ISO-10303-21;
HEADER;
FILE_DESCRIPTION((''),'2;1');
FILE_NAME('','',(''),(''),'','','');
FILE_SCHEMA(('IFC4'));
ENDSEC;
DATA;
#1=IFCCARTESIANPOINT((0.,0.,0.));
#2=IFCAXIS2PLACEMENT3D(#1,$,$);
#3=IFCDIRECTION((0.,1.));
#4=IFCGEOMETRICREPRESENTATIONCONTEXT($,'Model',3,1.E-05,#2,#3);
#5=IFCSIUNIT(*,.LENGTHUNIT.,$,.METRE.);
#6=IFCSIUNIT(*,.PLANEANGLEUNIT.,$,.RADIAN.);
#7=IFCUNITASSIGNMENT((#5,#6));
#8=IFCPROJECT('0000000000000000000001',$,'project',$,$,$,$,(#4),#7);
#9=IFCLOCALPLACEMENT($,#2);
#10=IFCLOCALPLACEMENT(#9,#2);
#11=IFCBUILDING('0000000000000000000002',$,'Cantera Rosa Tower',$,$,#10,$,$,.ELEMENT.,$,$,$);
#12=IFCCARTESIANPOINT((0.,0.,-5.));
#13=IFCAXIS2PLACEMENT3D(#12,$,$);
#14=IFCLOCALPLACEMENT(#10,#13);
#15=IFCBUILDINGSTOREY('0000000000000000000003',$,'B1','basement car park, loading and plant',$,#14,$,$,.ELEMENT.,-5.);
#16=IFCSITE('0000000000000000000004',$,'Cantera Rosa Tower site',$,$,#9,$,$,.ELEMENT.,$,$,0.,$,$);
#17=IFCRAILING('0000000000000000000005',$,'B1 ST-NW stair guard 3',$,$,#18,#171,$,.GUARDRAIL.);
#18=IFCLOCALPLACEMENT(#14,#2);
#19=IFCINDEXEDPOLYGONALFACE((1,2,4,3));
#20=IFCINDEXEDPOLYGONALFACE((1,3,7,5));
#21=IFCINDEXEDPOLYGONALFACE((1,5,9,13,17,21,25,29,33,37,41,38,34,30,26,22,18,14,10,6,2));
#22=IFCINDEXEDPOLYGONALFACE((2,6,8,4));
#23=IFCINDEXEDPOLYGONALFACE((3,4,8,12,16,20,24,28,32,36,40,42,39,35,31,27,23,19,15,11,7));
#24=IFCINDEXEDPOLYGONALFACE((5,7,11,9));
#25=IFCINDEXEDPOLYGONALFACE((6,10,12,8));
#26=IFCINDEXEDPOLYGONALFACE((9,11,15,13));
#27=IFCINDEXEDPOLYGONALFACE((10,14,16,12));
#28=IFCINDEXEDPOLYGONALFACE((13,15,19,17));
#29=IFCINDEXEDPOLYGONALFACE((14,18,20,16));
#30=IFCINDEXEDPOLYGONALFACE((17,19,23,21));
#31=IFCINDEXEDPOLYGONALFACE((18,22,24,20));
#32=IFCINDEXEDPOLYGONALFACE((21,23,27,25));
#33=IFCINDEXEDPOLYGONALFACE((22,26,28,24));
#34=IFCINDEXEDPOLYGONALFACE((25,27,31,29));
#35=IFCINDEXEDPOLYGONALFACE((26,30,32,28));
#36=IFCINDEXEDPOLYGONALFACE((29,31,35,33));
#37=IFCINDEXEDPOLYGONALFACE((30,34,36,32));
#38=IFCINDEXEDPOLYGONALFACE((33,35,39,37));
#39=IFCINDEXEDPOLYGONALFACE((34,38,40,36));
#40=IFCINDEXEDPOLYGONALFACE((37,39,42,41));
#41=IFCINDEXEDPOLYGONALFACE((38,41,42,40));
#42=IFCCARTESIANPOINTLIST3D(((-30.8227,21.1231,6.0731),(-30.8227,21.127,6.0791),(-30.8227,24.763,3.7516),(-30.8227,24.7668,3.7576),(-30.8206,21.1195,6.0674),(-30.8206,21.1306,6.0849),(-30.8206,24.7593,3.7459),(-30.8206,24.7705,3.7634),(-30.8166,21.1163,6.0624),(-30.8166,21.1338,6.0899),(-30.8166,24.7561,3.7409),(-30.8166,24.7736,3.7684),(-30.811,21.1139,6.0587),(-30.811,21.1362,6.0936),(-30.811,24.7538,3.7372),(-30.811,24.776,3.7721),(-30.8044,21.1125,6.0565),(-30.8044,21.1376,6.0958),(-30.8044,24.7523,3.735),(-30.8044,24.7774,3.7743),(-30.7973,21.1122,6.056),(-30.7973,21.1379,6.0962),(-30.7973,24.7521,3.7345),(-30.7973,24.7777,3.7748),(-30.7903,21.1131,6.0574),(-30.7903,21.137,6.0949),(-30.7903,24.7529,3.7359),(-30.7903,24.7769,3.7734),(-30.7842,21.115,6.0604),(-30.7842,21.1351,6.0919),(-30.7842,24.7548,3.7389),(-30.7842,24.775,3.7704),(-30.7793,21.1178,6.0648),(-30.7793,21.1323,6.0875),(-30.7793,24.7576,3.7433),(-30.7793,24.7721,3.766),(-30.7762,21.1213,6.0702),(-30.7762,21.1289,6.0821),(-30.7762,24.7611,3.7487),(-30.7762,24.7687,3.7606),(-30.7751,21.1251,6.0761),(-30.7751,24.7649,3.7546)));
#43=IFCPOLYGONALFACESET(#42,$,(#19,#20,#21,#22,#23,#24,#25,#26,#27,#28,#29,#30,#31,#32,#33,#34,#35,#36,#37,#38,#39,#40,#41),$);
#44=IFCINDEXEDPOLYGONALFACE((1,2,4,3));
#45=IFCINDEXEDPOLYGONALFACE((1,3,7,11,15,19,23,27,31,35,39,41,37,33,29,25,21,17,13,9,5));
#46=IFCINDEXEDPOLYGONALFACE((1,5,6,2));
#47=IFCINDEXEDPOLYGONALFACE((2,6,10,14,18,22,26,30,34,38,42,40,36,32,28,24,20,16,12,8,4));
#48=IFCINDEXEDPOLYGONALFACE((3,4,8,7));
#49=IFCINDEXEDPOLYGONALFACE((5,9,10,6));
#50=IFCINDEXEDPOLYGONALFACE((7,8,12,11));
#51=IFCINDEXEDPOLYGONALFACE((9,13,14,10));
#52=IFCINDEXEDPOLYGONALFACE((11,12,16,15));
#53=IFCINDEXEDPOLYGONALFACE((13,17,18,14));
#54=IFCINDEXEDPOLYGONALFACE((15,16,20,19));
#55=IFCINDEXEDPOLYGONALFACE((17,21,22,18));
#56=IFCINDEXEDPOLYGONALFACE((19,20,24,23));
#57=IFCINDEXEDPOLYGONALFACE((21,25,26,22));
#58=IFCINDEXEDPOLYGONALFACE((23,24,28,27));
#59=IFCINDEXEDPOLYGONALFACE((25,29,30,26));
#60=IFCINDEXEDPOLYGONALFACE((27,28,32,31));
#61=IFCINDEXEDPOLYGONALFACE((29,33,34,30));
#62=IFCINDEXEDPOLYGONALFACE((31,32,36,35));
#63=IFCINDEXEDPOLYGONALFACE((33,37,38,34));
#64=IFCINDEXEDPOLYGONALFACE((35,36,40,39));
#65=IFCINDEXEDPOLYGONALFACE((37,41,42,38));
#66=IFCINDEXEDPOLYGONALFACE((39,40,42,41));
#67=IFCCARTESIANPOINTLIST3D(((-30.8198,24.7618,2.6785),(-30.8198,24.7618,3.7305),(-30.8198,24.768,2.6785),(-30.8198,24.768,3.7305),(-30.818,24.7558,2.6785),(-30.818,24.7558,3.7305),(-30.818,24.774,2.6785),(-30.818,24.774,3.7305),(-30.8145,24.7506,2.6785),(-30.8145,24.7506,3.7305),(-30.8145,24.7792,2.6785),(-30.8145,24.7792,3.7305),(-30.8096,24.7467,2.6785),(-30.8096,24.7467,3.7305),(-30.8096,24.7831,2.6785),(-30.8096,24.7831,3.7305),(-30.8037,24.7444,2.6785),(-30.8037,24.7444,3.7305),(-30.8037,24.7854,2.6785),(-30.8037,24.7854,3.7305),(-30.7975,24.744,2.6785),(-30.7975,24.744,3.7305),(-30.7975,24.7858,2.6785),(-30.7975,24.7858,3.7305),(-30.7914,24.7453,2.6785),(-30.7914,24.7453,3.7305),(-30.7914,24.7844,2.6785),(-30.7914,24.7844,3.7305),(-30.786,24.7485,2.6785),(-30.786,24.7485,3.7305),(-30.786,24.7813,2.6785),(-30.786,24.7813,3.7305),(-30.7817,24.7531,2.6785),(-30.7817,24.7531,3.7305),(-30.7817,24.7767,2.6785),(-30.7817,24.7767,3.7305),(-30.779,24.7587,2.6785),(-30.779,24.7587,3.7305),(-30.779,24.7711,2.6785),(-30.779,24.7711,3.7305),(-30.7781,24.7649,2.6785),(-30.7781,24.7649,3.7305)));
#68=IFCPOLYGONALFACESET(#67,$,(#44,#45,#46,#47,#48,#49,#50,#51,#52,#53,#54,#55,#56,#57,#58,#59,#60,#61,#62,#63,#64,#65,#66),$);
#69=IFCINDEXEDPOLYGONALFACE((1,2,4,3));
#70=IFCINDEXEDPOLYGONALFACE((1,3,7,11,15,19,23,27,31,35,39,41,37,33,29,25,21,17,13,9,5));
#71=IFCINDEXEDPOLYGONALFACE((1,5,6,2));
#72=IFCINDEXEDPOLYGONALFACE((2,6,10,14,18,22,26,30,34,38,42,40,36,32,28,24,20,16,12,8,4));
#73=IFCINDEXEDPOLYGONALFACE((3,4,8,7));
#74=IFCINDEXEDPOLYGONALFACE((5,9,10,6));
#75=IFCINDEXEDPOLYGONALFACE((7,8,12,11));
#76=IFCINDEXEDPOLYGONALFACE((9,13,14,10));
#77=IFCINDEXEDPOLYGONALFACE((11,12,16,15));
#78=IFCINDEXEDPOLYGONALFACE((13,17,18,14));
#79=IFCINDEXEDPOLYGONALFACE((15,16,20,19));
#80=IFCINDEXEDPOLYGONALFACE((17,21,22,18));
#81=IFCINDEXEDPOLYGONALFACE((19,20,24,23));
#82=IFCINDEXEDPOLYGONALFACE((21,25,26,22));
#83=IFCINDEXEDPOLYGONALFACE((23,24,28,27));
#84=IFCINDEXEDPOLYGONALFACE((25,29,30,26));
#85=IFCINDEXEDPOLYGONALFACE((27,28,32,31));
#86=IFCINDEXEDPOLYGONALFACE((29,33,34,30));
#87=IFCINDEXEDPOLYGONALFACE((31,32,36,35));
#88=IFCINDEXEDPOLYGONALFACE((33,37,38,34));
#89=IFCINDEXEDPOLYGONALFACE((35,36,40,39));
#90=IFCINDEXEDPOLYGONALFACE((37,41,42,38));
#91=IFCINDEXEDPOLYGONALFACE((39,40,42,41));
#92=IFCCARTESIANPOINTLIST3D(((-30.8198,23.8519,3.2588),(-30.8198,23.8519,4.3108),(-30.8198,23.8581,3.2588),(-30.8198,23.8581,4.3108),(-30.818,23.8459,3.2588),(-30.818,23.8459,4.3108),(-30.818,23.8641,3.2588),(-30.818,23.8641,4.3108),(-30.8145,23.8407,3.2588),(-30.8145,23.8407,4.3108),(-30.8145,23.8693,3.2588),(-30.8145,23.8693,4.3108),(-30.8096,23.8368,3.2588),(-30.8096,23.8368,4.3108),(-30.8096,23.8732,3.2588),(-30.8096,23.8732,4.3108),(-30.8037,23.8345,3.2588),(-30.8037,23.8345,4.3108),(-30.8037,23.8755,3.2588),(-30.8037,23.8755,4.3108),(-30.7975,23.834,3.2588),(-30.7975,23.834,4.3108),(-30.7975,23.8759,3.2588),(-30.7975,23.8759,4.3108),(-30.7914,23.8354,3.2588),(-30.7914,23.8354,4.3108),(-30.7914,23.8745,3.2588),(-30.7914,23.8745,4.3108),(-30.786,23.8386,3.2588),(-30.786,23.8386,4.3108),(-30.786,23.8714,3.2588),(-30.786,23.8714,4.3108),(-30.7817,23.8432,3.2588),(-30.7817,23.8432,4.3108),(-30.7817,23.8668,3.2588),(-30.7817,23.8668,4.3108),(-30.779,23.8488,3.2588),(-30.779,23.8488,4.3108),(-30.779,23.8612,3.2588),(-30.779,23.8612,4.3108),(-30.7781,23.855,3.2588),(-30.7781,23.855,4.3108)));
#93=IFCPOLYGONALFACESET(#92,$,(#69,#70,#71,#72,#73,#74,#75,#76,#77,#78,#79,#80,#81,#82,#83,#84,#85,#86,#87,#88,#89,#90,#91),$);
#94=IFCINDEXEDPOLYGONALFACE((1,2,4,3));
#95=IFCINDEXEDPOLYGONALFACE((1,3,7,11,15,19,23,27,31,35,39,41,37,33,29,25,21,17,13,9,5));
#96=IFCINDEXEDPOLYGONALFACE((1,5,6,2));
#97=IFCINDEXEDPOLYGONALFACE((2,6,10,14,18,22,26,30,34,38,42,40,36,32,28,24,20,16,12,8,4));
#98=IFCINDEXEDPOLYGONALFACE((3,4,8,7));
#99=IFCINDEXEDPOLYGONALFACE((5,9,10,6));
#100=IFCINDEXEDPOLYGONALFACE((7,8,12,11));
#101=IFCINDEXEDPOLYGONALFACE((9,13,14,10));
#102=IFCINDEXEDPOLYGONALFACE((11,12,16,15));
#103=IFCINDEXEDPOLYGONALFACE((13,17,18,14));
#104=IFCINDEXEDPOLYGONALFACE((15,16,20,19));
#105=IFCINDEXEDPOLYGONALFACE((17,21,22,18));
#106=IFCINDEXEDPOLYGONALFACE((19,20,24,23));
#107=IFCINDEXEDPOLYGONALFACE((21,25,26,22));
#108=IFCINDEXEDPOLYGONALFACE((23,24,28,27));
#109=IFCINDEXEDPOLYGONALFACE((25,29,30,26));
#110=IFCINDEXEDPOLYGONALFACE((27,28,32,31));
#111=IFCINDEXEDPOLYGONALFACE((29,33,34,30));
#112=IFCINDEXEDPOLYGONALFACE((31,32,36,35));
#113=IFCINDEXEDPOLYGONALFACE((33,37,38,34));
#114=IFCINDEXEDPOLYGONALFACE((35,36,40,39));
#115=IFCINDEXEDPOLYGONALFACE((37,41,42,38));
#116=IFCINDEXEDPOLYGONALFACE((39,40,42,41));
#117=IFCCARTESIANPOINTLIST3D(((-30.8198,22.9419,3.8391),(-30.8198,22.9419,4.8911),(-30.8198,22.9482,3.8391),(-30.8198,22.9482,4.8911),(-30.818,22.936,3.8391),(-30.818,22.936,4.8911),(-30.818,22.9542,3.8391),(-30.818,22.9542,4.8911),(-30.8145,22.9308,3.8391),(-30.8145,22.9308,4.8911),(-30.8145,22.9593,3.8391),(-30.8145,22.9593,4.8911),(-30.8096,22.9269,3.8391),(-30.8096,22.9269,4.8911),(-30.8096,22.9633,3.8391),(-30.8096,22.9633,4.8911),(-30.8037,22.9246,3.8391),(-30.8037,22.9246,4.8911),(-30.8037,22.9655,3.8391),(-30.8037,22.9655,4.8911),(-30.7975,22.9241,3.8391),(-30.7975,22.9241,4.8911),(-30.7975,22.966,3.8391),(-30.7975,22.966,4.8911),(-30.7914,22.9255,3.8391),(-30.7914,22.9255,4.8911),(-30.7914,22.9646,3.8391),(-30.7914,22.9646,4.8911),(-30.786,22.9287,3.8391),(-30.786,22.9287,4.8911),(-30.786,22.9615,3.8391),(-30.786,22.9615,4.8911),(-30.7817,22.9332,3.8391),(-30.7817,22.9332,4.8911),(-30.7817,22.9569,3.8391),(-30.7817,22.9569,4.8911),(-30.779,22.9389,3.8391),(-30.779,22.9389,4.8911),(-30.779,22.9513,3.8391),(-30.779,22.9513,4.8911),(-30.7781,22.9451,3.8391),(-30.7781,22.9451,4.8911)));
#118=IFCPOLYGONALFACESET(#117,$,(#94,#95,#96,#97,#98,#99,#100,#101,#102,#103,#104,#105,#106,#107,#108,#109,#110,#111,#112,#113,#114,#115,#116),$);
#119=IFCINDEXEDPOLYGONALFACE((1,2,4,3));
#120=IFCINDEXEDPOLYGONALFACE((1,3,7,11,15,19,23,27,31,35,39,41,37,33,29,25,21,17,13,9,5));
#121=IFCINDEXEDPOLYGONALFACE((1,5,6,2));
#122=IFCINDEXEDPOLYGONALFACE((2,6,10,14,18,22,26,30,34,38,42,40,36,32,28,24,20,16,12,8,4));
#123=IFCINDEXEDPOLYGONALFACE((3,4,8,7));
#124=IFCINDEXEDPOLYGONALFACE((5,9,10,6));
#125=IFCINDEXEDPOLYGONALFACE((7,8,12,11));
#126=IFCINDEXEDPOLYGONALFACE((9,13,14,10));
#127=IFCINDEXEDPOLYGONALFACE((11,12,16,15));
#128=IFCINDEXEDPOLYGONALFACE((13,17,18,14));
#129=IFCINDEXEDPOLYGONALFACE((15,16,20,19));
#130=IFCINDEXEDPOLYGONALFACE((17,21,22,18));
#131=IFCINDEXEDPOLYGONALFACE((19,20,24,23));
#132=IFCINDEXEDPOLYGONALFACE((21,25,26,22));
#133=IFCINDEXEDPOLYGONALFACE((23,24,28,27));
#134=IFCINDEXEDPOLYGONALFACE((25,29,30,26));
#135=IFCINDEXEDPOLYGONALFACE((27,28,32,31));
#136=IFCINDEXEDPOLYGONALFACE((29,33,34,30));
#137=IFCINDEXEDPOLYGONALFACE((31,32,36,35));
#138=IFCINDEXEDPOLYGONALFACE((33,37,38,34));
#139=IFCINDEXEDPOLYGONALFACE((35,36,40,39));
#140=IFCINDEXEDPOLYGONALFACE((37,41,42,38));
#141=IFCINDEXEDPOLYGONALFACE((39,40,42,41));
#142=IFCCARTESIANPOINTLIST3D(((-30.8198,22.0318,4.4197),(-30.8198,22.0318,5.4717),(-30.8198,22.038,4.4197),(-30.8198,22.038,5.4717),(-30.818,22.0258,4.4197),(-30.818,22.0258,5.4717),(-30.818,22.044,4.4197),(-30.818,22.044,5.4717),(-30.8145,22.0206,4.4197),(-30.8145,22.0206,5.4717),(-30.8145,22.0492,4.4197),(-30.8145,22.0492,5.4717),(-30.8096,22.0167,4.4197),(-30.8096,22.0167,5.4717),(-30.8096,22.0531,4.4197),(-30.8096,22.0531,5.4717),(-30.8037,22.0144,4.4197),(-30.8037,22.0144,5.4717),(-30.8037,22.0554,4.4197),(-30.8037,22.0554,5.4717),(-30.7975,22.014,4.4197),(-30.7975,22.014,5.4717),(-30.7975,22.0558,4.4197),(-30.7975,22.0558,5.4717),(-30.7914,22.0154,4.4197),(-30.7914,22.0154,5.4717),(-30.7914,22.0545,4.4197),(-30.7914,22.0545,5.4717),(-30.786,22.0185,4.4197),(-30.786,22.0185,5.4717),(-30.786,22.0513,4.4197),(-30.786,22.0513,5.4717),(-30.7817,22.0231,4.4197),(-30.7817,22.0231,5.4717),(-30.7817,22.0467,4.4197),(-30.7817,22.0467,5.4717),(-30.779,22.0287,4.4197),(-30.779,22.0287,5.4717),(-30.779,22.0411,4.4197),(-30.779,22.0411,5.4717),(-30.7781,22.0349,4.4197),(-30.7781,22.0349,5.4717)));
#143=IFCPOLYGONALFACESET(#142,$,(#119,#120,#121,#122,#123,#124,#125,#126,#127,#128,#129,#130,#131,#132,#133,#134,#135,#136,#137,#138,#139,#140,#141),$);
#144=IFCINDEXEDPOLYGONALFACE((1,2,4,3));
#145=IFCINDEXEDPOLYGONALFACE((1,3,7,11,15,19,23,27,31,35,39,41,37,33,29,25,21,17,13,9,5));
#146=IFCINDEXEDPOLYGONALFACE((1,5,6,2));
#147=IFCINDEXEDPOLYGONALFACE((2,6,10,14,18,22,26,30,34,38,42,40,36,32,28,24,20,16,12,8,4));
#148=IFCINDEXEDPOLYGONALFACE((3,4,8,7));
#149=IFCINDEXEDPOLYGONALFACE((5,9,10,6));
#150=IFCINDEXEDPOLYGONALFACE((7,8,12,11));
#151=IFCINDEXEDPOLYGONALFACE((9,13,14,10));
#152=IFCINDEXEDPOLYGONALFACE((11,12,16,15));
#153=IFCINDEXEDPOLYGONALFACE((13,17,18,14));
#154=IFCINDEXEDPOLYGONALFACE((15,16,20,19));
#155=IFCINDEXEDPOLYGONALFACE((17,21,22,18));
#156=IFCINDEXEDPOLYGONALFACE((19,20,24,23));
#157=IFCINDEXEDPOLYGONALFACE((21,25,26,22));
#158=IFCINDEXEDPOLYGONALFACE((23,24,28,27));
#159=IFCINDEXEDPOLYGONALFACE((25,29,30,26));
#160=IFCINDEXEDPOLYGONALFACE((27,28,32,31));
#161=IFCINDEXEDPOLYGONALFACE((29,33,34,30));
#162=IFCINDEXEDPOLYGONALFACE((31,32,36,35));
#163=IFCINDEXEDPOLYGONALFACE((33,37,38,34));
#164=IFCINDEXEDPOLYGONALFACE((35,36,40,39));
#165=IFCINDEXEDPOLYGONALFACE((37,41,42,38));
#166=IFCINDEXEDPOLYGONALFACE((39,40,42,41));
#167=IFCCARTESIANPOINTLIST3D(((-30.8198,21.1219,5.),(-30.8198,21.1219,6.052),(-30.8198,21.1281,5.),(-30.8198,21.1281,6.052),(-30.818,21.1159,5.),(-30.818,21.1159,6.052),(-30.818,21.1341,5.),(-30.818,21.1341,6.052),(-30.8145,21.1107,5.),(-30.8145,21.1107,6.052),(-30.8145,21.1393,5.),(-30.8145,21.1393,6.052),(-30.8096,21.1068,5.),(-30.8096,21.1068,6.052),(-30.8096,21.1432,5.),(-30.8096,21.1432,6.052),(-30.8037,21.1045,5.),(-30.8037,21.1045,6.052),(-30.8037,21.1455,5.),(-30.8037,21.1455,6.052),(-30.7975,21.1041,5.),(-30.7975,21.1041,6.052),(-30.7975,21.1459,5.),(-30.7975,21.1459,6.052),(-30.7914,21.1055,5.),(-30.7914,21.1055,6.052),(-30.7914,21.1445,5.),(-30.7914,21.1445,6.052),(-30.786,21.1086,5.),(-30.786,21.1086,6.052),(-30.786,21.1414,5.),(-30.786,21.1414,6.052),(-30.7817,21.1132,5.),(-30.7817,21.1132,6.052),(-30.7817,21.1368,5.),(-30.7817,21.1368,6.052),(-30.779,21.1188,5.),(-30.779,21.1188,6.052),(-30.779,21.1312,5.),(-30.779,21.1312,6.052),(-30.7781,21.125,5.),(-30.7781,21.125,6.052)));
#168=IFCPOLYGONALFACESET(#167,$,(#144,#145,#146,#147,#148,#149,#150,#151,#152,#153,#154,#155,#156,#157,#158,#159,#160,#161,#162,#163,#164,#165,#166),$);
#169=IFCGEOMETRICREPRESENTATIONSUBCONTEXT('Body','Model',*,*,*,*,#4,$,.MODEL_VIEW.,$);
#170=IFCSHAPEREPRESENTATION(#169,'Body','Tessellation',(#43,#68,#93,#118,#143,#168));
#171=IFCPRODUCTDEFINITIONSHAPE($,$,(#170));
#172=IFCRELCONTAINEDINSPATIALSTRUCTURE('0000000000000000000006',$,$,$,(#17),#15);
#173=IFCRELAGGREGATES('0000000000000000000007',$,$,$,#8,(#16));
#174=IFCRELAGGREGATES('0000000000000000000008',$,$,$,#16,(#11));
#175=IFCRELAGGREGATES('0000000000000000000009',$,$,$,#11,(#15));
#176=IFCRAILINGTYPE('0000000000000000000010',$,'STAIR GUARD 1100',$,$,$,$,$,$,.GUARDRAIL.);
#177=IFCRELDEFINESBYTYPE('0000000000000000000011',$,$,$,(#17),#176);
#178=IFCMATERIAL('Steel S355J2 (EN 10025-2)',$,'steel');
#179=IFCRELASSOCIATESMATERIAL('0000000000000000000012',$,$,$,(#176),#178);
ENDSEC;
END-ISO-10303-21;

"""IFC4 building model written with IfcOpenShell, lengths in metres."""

from ifc_helpers import new_model, si_unit, direction, frame, origin, origin_2d, place, context, subcontext, project, spatial, circle, extrude, material, type_object, element, save


model = new_model("IFC4")

# Units and contexts
model_context = context("Model", 3, precision=1e-05, world=origin(), true_north=direction((0.0, 1.0)))
body_context = subcontext(model_context, "Body", "Model", "MODEL_VIEW")
ifc_project = project(units=[si_unit("LENGTHUNIT", "METRE"), si_unit("PLANEANGLEUNIT", "RADIAN")], contexts=[model_context])

# Site, building, storey
site_placement = place(None, origin())
site = spatial("IfcSite", under=ifc_project, at=site_placement, Name="Cantera Rosa Tower site", CompositionType="ELEMENT", RefElevation=0.0)
building_placement = place(site_placement, origin())
building = spatial("IfcBuilding", under=site, at=building_placement, Name="Cantera Rosa Tower", CompositionType="ELEMENT")
storey_placement = place(building_placement, frame((0.0, 0.0, -5.0)))
storey = spatial("IfcBuildingStorey", under=building, at=storey_placement, Name="B1", Description="basement car park, loading and plant", CompositionType="ELEMENT", Elevation=-5.0)

# Railing
ifc_material_1 = material(Name="Steel S355J2 (EN 10025-2)", Category="steel")
railing_type_1 = type_object("IfcRailingType", Name="STAIR GUARD 1100", PredefinedType="GUARDRAIL", material=ifc_material_1)
railing_1_placement = place(storey_placement, frame((-30.7991, 24.7649, 2.6785)))
element("IfcRailing", 1, at=railing_1_placement, inside=storey, type_object=railing_type_1, Name="B1 ST-NW stair guard 3", PredefinedType="GUARDRAIL", context=body_context, shape_type="SweptSolid", body=[
    extrude(circle(Radius=0.0239, at=origin_2d()), frame((0.0, 0.0, 1.0762), z_axis=(0.0, -0.843112, 0.537739), x_axis=(1.0, 0.0, 0.0)), (0.0, 0.0, 1.0), 4.3171),
    extrude(circle(Radius=0.021, at=origin_2d()), origin(), (0.0, 0.0, 1.0), 1.052),
    extrude(circle(Radius=0.021, at=origin_2d()), frame((0.0, -0.9099, 0.5803)), (0.0, 0.0, 1.0), 1.052),
    extrude(circle(Radius=0.021, at=origin_2d()), frame((0.0, -1.8198, 1.1606)), (0.0, 0.0, 1.0), 1.052),
    extrude(circle(Radius=0.021, at=origin_2d()), frame((0.0, -2.73, 1.7412)), (0.0, 0.0, 1.0), 1.052),
    extrude(circle(Radius=0.021, at=origin_2d()), frame((0.0, -3.6399, 2.3215)), (0.0, 0.0, 1.0), 1.052),
])

save(model, "model.ifc")
